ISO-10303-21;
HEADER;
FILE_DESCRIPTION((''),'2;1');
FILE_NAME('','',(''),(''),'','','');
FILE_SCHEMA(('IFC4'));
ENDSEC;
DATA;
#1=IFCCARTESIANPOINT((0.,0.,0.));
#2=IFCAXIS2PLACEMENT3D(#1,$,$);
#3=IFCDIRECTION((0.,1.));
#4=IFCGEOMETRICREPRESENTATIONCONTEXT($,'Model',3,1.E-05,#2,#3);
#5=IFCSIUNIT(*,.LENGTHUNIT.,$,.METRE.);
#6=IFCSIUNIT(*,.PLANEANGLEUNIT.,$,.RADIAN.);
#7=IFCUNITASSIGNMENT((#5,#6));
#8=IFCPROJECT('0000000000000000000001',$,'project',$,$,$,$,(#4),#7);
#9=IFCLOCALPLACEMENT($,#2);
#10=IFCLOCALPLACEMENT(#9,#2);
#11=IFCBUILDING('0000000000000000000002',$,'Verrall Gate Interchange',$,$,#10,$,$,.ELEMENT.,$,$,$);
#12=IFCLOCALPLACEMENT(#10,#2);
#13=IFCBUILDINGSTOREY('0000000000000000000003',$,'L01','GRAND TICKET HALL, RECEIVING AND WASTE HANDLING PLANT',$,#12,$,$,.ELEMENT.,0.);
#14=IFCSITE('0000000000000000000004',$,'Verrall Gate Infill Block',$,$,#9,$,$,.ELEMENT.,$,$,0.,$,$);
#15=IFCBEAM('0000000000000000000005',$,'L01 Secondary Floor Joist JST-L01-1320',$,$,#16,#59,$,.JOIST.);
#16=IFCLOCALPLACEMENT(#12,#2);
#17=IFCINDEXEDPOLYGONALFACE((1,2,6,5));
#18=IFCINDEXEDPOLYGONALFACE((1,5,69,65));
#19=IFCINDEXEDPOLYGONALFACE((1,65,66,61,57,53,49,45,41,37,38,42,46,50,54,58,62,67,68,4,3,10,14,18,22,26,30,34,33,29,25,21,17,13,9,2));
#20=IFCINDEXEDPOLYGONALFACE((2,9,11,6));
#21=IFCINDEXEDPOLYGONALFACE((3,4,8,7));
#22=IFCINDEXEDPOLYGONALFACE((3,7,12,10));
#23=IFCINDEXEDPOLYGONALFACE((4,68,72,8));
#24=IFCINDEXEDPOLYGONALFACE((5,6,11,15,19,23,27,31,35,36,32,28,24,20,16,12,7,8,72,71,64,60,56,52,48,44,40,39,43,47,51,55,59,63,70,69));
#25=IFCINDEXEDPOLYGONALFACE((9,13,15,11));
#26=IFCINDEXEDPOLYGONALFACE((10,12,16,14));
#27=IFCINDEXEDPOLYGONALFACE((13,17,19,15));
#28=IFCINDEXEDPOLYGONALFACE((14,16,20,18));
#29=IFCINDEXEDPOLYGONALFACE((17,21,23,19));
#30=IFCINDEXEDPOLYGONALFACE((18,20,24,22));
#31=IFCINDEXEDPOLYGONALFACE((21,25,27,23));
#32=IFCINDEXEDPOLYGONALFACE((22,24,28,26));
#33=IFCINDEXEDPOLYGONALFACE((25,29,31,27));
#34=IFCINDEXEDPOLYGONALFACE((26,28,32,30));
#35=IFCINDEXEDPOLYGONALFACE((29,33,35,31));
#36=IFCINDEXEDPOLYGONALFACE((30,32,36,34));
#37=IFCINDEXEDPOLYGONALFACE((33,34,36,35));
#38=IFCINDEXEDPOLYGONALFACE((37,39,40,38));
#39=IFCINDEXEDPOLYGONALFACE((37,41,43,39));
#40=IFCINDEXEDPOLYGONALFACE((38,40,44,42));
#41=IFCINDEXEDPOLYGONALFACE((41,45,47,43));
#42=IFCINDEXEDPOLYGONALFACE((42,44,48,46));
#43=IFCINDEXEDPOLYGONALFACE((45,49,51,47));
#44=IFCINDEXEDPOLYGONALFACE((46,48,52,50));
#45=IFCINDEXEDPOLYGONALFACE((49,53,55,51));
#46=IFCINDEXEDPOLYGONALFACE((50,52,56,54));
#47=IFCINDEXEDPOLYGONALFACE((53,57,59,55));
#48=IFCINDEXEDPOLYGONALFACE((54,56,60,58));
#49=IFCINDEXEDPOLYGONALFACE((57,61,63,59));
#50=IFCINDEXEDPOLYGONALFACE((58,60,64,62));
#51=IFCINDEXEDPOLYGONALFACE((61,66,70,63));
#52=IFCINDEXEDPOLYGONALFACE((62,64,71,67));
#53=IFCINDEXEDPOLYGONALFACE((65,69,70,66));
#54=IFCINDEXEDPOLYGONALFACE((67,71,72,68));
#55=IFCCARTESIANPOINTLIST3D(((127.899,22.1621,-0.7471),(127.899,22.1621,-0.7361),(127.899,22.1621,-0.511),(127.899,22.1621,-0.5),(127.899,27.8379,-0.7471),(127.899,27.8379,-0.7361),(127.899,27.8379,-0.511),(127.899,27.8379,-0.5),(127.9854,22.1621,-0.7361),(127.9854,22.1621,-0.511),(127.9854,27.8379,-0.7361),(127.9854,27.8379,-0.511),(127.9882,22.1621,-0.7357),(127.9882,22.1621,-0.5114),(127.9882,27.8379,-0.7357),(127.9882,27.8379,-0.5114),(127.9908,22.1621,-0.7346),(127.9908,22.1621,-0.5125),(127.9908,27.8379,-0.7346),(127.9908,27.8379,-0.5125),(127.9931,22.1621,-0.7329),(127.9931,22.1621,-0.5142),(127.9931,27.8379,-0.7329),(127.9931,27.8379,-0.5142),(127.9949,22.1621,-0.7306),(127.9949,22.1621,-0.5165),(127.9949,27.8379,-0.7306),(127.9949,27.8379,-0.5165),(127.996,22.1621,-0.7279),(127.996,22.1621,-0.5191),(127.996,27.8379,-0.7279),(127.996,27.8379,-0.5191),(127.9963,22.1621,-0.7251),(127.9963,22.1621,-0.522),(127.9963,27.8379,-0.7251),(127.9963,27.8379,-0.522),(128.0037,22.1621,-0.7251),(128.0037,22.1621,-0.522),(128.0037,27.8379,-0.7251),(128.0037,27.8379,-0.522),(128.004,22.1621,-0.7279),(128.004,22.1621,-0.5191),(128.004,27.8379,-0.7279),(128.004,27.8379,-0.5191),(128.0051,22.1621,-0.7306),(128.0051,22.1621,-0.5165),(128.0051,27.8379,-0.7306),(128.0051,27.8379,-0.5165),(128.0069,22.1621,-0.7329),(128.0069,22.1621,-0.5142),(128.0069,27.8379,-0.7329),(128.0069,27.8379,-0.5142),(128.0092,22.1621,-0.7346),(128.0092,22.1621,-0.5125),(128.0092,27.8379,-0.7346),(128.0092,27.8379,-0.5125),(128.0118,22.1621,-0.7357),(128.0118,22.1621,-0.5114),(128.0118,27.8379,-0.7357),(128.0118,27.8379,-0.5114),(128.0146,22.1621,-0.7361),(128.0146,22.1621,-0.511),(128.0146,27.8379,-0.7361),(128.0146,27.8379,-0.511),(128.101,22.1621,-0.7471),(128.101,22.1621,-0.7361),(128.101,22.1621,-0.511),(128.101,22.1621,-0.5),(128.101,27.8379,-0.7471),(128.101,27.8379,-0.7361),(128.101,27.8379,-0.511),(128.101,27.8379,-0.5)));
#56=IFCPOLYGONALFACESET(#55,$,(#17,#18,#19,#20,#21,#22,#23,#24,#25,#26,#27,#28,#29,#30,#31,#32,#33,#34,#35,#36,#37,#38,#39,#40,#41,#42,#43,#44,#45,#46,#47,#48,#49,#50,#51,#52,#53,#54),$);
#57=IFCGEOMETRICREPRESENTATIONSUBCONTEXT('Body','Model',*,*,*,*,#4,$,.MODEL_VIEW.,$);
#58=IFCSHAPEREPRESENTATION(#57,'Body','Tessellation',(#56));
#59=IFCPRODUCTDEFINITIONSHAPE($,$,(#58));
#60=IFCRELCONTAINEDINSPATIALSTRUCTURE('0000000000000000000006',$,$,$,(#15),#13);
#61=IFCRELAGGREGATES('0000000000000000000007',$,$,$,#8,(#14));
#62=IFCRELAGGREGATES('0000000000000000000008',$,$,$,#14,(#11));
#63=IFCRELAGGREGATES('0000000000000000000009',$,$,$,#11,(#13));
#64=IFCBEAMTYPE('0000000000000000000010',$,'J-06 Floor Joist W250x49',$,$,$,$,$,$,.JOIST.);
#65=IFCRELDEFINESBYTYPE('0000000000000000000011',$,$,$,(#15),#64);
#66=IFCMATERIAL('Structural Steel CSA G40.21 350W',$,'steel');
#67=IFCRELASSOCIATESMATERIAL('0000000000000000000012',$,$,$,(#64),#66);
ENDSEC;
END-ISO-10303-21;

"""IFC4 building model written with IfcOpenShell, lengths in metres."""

from ifc_helpers import new_model, si_unit, direction, frame, origin, origin_2d, place, context, subcontext, project, spatial, i_section, extrude, material, material_profile, profile_set, type_object, element, save


model = new_model("IFC4")

# Units and contexts
model_context = context("Model", 3, precision=1e-05, world=origin(), true_north=direction((0.0, 1.0)))
body_context = subcontext(model_context, "Body", "Model", "MODEL_VIEW")
ifc_project = project(units=[si_unit("LENGTHUNIT", "METRE"), si_unit("PLANEANGLEUNIT", "RADIAN")], contexts=[model_context])

# Site, building, storey
site_placement = place(None, origin())
site = spatial("IfcSite", under=ifc_project, at=site_placement, Name="Verrall Gate Infill Block", CompositionType="ELEMENT", RefElevation=0.0)
building_placement = place(site_placement, origin())
building = spatial("IfcBuilding", under=site, at=building_placement, Name="Verrall Gate Interchange", CompositionType="ELEMENT")
storey_placement = place(building_placement, origin())
storey = spatial("IfcBuildingStorey", under=building, at=storey_placement, Name="L01", Description="GRAND TICKET HALL, RECEIVING AND WASTE HANDLING PLANT", CompositionType="ELEMENT", Elevation=0.0)

# Beam
ifc_material_1 = material(Name="Structural Steel CSA G40.21 350W", Category="steel")
ifc_material_profile_1 = material_profile(ifc_material_1, i_section(OverallWidth=0.2019, OverallDepth=0.2471, WebThickness=0.0073, FlangeThickness=0.011, FilletRadius=0.011, at=origin_2d()), Name="W250x49")
ifc_profile_set_1 = profile_set([ifc_material_profile_1], Name="Structural Steel CSA G40.21 350W")
beam_type_1 = type_object("IfcBeamType", Name="J-06 Floor Joist W250x49", PredefinedType="JOIST", material=ifc_profile_set_1)
beam_1_placement = place(storey_placement, frame((128.0, 22.1621, -0.6235), z_axis=(0.0, 1.0, 0.0), x_axis=(-1.0, 0.0, 0.0)))
element("IfcBeam", 1, at=beam_1_placement, inside=storey, type_object=beam_type_1, Name="L01 Secondary Floor Joist JST-L01-1320", PredefinedType="JOIST", context=body_context, shape_type="SweptSolid", body=[
    extrude(i_section(OverallWidth=0.2019, OverallDepth=0.2471, WebThickness=0.0073, FlangeThickness=0.011, FilletRadius=0.011, at=origin_2d()), origin(), (0.0, 0.0, 1.0), 5.6758),
])

save(model, "model.ifc")
